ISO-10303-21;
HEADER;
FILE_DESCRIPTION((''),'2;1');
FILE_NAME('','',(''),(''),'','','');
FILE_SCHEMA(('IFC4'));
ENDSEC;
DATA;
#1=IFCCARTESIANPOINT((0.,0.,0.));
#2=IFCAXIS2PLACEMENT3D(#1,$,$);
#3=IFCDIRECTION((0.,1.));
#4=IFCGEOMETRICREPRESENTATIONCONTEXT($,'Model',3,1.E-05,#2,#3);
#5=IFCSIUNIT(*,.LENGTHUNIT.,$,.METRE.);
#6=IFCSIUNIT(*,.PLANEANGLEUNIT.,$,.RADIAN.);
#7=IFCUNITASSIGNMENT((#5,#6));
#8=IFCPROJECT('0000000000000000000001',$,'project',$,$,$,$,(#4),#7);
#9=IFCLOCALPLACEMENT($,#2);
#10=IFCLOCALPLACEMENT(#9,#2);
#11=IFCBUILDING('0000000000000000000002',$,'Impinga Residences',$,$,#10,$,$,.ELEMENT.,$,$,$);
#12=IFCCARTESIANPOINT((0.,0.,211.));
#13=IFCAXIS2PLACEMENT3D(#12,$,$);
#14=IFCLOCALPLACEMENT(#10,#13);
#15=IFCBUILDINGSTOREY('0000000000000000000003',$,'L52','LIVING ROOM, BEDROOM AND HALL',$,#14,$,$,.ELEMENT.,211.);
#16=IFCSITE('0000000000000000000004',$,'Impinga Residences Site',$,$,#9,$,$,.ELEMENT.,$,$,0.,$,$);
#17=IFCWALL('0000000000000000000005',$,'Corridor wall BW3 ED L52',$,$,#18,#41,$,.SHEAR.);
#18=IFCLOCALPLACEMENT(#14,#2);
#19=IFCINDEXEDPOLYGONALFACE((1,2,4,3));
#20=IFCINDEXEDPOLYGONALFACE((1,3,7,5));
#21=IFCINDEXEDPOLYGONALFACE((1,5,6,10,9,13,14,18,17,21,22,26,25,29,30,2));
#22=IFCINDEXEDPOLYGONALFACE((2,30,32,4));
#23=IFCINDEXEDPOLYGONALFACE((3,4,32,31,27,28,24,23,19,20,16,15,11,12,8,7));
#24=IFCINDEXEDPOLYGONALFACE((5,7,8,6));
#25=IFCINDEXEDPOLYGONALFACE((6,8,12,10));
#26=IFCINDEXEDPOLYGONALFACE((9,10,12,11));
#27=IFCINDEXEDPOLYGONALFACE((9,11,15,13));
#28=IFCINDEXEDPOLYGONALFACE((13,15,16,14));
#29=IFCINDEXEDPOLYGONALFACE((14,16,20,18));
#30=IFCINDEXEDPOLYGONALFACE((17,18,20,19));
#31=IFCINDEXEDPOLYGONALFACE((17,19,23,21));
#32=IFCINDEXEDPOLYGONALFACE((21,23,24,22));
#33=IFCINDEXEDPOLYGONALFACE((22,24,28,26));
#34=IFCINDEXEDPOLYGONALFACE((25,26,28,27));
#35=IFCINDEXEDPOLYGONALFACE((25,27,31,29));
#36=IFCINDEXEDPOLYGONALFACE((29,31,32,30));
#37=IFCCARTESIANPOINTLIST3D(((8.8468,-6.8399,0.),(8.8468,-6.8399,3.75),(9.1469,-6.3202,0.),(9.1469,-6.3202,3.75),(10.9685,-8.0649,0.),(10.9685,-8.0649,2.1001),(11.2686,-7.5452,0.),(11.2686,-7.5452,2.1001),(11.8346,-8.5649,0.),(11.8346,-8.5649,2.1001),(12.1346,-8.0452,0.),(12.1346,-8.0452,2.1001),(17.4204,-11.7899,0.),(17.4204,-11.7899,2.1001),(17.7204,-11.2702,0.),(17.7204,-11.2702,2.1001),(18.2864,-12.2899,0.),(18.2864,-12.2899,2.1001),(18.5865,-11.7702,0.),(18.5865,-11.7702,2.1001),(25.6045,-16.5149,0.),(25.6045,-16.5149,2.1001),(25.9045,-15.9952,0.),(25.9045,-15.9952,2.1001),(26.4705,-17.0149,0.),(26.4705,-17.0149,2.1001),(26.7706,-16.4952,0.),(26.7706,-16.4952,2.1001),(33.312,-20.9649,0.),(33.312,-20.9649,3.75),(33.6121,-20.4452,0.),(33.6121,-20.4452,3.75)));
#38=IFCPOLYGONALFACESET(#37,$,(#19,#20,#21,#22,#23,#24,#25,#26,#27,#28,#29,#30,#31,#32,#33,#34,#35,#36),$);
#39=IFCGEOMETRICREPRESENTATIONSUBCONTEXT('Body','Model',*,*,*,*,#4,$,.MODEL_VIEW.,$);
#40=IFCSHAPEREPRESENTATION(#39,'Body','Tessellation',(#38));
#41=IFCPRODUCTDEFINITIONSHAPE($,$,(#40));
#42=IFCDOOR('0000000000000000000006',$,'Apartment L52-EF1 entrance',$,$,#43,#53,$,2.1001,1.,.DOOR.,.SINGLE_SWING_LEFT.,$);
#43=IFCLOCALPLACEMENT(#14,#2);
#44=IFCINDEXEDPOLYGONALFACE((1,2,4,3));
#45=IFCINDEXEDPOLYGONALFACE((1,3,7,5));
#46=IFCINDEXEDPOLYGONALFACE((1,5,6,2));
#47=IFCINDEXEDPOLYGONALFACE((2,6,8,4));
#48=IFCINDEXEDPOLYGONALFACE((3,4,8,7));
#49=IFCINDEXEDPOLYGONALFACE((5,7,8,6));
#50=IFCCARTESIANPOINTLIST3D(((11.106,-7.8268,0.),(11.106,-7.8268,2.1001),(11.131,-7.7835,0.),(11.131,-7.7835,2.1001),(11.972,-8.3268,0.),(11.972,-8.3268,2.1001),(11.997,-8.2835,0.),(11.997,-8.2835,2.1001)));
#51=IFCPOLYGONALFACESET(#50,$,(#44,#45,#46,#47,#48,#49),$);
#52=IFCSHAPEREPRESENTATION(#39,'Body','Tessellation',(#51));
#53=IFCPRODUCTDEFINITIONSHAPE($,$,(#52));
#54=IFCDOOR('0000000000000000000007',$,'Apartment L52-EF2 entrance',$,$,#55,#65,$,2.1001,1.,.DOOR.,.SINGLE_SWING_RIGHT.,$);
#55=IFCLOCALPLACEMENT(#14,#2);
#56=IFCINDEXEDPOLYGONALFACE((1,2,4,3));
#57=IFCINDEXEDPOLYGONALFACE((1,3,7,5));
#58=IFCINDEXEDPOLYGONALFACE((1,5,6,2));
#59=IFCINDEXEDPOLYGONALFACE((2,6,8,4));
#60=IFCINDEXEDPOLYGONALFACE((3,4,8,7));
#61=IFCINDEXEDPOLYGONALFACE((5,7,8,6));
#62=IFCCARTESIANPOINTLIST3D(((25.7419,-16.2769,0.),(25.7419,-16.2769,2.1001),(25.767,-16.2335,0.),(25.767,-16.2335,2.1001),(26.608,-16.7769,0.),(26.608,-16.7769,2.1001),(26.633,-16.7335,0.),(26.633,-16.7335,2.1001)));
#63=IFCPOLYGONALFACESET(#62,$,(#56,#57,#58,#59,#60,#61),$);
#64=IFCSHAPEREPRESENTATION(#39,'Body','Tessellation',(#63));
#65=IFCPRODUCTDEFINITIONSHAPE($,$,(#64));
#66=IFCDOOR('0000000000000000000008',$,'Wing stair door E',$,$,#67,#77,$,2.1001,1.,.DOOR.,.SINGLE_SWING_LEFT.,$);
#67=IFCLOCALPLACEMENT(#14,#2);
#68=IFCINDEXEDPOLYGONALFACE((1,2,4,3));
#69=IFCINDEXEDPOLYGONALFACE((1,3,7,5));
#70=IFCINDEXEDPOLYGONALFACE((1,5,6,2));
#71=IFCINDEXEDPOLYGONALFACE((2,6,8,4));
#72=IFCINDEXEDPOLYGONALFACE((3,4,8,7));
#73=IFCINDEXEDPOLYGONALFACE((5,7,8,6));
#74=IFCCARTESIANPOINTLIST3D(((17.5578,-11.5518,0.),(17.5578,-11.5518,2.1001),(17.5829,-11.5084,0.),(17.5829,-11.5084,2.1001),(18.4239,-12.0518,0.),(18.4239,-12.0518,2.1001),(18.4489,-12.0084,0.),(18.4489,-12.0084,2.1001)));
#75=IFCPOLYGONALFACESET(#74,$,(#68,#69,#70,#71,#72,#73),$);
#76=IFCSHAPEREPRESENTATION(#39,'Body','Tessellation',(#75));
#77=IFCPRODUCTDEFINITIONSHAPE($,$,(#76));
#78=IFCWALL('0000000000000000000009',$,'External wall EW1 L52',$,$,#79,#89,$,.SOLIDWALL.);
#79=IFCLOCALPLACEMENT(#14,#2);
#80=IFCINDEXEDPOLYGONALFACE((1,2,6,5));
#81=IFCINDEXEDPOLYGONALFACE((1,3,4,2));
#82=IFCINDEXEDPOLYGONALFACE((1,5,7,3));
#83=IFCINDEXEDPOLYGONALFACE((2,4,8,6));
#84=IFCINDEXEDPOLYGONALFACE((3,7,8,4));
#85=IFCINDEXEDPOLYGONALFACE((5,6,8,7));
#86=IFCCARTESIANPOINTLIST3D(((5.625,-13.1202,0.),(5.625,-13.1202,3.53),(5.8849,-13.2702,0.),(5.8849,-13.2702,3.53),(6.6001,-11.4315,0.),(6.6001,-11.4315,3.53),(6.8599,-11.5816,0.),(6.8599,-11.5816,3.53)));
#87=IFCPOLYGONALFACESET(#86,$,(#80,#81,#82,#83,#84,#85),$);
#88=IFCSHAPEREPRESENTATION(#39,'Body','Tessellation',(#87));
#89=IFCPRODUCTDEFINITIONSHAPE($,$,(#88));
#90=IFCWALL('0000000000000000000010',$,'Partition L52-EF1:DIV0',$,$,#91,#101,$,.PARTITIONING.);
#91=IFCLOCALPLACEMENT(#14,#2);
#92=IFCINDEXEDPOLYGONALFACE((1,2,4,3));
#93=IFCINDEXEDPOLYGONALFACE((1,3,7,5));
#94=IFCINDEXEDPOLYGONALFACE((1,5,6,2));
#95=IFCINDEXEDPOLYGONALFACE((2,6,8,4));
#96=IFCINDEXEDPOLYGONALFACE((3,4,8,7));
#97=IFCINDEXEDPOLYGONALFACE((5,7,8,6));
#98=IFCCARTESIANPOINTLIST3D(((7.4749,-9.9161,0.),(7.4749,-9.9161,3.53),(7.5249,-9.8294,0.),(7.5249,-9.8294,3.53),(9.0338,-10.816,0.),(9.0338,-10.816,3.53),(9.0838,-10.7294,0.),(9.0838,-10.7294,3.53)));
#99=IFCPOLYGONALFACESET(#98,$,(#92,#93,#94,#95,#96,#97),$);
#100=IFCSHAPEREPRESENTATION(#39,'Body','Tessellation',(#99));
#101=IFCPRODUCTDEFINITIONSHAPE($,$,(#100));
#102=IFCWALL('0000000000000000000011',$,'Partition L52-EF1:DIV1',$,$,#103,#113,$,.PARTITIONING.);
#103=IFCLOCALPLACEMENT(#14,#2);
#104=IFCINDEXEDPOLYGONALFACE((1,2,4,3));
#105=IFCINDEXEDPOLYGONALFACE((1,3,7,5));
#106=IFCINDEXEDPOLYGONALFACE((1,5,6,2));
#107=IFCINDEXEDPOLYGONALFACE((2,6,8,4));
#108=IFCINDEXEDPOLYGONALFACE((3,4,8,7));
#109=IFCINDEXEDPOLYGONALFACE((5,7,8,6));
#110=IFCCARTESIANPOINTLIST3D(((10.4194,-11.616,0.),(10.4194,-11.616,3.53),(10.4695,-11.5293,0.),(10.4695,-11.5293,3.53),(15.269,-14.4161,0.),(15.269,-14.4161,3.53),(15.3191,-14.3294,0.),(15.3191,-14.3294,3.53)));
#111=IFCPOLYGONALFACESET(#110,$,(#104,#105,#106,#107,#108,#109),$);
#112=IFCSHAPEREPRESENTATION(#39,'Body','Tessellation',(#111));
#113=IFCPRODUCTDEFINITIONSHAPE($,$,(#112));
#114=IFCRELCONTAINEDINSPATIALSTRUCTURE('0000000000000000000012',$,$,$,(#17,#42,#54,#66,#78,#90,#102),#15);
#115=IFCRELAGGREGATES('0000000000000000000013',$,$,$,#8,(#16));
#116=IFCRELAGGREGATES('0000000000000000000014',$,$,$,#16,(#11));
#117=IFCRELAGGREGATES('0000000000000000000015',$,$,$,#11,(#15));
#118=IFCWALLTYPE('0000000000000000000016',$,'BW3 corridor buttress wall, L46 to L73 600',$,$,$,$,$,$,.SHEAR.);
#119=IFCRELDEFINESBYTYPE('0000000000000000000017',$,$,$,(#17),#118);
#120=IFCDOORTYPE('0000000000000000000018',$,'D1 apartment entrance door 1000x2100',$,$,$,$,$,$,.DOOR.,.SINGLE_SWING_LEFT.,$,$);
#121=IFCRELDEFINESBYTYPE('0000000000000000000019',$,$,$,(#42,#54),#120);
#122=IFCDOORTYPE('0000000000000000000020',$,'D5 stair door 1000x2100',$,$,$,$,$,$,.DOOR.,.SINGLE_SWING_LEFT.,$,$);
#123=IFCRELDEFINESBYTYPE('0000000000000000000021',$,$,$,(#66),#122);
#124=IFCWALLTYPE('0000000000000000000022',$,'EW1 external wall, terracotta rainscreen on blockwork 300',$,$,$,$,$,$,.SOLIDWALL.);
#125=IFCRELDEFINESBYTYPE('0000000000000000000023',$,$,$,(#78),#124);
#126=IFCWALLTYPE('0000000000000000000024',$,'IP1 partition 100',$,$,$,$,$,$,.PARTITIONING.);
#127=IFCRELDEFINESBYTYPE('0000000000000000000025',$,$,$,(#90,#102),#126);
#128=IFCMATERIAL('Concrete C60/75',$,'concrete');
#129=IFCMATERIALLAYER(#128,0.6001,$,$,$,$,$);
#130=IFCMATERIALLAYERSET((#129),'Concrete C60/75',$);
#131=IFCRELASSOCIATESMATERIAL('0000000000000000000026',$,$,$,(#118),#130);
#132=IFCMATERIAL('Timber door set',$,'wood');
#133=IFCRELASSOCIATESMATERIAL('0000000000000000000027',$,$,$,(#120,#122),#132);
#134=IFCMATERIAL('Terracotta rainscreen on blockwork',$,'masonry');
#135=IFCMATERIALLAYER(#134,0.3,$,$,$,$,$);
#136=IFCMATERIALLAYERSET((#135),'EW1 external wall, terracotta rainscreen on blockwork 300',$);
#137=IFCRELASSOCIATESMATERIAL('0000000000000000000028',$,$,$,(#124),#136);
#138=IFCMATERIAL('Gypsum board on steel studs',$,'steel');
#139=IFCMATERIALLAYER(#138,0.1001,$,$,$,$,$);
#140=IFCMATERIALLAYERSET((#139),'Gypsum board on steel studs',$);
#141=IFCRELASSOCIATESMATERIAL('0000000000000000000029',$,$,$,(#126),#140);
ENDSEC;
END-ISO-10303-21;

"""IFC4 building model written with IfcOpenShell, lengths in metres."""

from ifc_helpers import new_model, si_unit, direction, frame, frame_2d, origin, place, context, subcontext, project, spatial, rectangle, extrude, material, layer, layer_set, type_object, element, fill, save


model = new_model("IFC4")

# Units and contexts
model_context = context("Model", 3, precision=1e-05, world=origin(), true_north=direction((0.0, 1.0)))
body_context = subcontext(model_context, "Body", "Model", "MODEL_VIEW")
ifc_project = project(units=[si_unit("LENGTHUNIT", "METRE"), si_unit("PLANEANGLEUNIT", "RADIAN")], contexts=[model_context])

# Site, building, storey
site_placement = place(None, origin())
site = spatial("IfcSite", under=ifc_project, at=site_placement, Name="Impinga Residences Site", CompositionType="ELEMENT", RefElevation=0.0)
building_placement = place(site_placement, origin())
building = spatial("IfcBuilding", under=site, at=building_placement, Name="Impinga Residences", CompositionType="ELEMENT")
storey_placement = place(building_placement, frame((0.0, 0.0, 211.0)))
storey = spatial("IfcBuildingStorey", under=building, at=storey_placement, Name="L52", Description="LIVING ROOM, BEDROOM AND HALL", CompositionType="ELEMENT", Elevation=211.0)

# Wall, openings, doors
ifc_material_1 = material(Name="Concrete C60/75", Category="concrete")
ifc_layer_1 = layer(ifc_material_1, 0.6001)
ifc_layer_set_1 = layer_set([ifc_layer_1], Name="Concrete C60/75")
wall_type_1 = type_object("IfcWallType", Name="BW3 corridor buttress wall, L46 to L73 600", PredefinedType="SHEAR", material=ifc_layer_set_1)
wall_1_placement = place(storey_placement, frame((8.9968, -6.5801, 0.0), z_axis=(0.0, 0.0, 1.0), x_axis=(0.866026, -0.499998, 0.0)))
wall_1 = element("IfcWall", 1, at=wall_1_placement, inside=storey, type_object=wall_type_1, Name="Corridor wall BW3 ED L52", PredefinedType="SHEAR", context=body_context, shape_type="SweptSolid", body=[
    extrude(rectangle(XDim=28.25, YDim=0.6001, at=frame_2d((14.125, 0.0))), origin(), (0.0, 0.0, 1.0), 3.75),
])
opening_1_placement = place(wall_1_placement, frame((9.8999, 0.0, 0.0)))
opening_1 = element("IfcOpeningElement", 2, at=opening_1_placement, cuts=wall_1, PredefinedType="OPENING", context=body_context, shape_type="SweptSolid", body=[
    extrude(rectangle(XDim=1.0, YDim=2.1001, at=frame_2d((0.5, 1.05))), frame((0.0, 0.3101, 0.0), z_axis=(0.0, -1.0, 0.0), x_axis=(1.0, 0.0, 0.0)), (0.0, 0.0, 1.0), 0.6201),
])
opening_2_placement = place(wall_1_placement, frame((2.45, 0.0, 0.0)))
opening_2 = element("IfcOpeningElement", 3, at=opening_2_placement, cuts=wall_1, PredefinedType="OPENING", context=body_context, shape_type="SweptSolid", body=[
    extrude(rectangle(XDim=1.0, YDim=2.1001, at=frame_2d((0.5, 1.05))), frame((0.0, 0.3101, 0.0), z_axis=(0.0, -1.0, 0.0), x_axis=(1.0, 0.0, 0.0)), (0.0, 0.0, 1.0), 0.6201),
])
opening_3_placement = place(wall_1_placement, frame((19.3501, 0.0, 0.0)))
opening_3 = element("IfcOpeningElement", 4, at=opening_3_placement, cuts=wall_1, PredefinedType="OPENING", context=body_context, shape_type="SweptSolid", body=[
    extrude(rectangle(XDim=1.0, YDim=2.1001, at=frame_2d((0.5, 1.05))), frame((0.0, 0.3101, 0.0), z_axis=(0.0, -1.0, 0.0), x_axis=(1.0, 0.0, 0.0)), (0.0, 0.0, 1.0), 0.6201),
])
ifc_material_2 = material(Name="Timber door set", Category="wood")
door_type_1 = type_object("IfcDoorType", Name="D1 apartment entrance door 1000x2100", OperationType="SINGLE_SWING_LEFT", PredefinedType="DOOR", material=ifc_material_2)
door_1_placement = place(opening_2_placement, origin())
door_1 = element("IfcDoor", 5, at=door_1_placement, inside=storey, type_object=door_type_1, Name="Apartment L52-EF1 entrance", OperationType="SINGLE_SWING_LEFT", OverallHeight=2.1001, OverallWidth=1.0, PredefinedType="DOOR", context=body_context, shape_type="SweptSolid", body=[
    extrude(rectangle(XDim=1.0, YDim=2.1001, at=frame_2d((0.5, 1.05))), frame((0.0, 0.0249, 0.0), z_axis=(0.0, -1.0, 0.0), x_axis=(1.0, 0.0, 0.0)), (0.0, 0.0, 1.0), 0.05),
])
fill(opening_2, door_1)
door_2_placement = place(opening_3_placement, origin())
door_2 = element("IfcDoor", 6, at=door_2_placement, inside=storey, type_object=door_type_1, Name="Apartment L52-EF2 entrance", OperationType="SINGLE_SWING_RIGHT", OverallHeight=2.1001, OverallWidth=1.0, PredefinedType="DOOR", context=body_context, shape_type="SweptSolid", body=[
    extrude(rectangle(XDim=1.0, YDim=2.1001, at=frame_2d((0.5, 1.05))), frame((0.0, 0.0249, 0.0), z_axis=(0.0, -1.0, 0.0), x_axis=(1.0, 0.0, 0.0)), (0.0, 0.0, 1.0), 0.05),
])
fill(opening_3, door_2)
door_type_2 = type_object("IfcDoorType", Name="D5 stair door 1000x2100", OperationType="SINGLE_SWING_LEFT", PredefinedType="DOOR", material=ifc_material_2)
door_3_placement = place(opening_1_placement, origin())
door_3 = element("IfcDoor", 7, at=door_3_placement, inside=storey, type_object=door_type_2, Name="Wing stair door E", OperationType="SINGLE_SWING_LEFT", OverallHeight=2.1001, OverallWidth=1.0, PredefinedType="DOOR", context=body_context, shape_type="SweptSolid", body=[
    extrude(rectangle(XDim=1.0, YDim=2.1001, at=frame_2d((0.5, 1.05))), frame((0.0, 0.0249, 0.0), z_axis=(0.0, -1.0, 0.0), x_axis=(1.0, 0.0, 0.0)), (0.0, 0.0, 1.0), 0.05),
])
fill(opening_1, door_3)

# Walls
ifc_material_3 = material(Name="Terracotta rainscreen on blockwork", Category="masonry")
ifc_layer_2 = layer(ifc_material_3, 0.3)
ifc_layer_set_2 = layer_set([ifc_layer_2], Name="EW1 external wall, terracotta rainscreen on blockwork 300")
wall_type_2 = type_object("IfcWallType", Name="EW1 external wall, terracotta rainscreen on blockwork 300", PredefinedType="SOLIDWALL", material=ifc_layer_set_2)
wall_2_placement = place(storey_placement, frame((5.7549, -13.1953, 0.0), z_axis=(0.0, 0.0, 1.0), x_axis=(0.500044, 0.866, 0.0)))
element("IfcWall", 8, at=wall_2_placement, inside=storey, type_object=wall_type_2, Name="External wall EW1 L52", PredefinedType="SOLIDWALL", context=body_context, shape_type="SweptSolid", body=[
    extrude(rectangle(XDim=1.95, YDim=0.3, at=frame_2d((0.9751, 0.0))), origin(), (0.0, 0.0, 1.0), 3.53),
])
ifc_material_4 = material(Name="Gypsum board on steel studs", Category="steel")
ifc_layer_3 = layer(ifc_material_4, 0.1001)
ifc_layer_set_3 = layer_set([ifc_layer_3], Name="Gypsum board on steel studs")
wall_type_3 = type_object("IfcWallType", Name="IP1 partition 100", PredefinedType="PARTITIONING", material=ifc_layer_set_3)
wall_3_placement = place(storey_placement, frame((7.5, -9.8728, 0.0), z_axis=(0.0, 0.0, 1.0), x_axis=(0.866048, -0.499961, 0.0)))
element("IfcWall", 9, at=wall_3_placement, inside=storey, type_object=wall_type_3, Name="Partition L52-EF1:DIV0", PredefinedType="PARTITIONING", context=body_context, shape_type="SweptSolid", body=[
    extrude(rectangle(XDim=1.8, YDim=0.1001, at=frame_2d((0.8999, 0.0))), origin(), (0.0, 0.0, 1.0), 3.53),
])
wall_4_placement = place(storey_placement, frame((10.4446, -11.5728, 0.0), z_axis=(0.0, 0.0, 1.0), x_axis=(0.866016, -0.500017, 0.0)))
element("IfcWall", 10, at=wall_4_placement, inside=storey, type_object=wall_type_3, Name="Partition L52-EF1:DIV1", PredefinedType="PARTITIONING", context=body_context, shape_type="SweptSolid", body=[
    extrude(rectangle(XDim=5.5999, YDim=0.1001, at=frame_2d((2.7998, 0.0))), origin(), (0.0, 0.0, 1.0), 3.53),
])

save(model, "model.ifc")
